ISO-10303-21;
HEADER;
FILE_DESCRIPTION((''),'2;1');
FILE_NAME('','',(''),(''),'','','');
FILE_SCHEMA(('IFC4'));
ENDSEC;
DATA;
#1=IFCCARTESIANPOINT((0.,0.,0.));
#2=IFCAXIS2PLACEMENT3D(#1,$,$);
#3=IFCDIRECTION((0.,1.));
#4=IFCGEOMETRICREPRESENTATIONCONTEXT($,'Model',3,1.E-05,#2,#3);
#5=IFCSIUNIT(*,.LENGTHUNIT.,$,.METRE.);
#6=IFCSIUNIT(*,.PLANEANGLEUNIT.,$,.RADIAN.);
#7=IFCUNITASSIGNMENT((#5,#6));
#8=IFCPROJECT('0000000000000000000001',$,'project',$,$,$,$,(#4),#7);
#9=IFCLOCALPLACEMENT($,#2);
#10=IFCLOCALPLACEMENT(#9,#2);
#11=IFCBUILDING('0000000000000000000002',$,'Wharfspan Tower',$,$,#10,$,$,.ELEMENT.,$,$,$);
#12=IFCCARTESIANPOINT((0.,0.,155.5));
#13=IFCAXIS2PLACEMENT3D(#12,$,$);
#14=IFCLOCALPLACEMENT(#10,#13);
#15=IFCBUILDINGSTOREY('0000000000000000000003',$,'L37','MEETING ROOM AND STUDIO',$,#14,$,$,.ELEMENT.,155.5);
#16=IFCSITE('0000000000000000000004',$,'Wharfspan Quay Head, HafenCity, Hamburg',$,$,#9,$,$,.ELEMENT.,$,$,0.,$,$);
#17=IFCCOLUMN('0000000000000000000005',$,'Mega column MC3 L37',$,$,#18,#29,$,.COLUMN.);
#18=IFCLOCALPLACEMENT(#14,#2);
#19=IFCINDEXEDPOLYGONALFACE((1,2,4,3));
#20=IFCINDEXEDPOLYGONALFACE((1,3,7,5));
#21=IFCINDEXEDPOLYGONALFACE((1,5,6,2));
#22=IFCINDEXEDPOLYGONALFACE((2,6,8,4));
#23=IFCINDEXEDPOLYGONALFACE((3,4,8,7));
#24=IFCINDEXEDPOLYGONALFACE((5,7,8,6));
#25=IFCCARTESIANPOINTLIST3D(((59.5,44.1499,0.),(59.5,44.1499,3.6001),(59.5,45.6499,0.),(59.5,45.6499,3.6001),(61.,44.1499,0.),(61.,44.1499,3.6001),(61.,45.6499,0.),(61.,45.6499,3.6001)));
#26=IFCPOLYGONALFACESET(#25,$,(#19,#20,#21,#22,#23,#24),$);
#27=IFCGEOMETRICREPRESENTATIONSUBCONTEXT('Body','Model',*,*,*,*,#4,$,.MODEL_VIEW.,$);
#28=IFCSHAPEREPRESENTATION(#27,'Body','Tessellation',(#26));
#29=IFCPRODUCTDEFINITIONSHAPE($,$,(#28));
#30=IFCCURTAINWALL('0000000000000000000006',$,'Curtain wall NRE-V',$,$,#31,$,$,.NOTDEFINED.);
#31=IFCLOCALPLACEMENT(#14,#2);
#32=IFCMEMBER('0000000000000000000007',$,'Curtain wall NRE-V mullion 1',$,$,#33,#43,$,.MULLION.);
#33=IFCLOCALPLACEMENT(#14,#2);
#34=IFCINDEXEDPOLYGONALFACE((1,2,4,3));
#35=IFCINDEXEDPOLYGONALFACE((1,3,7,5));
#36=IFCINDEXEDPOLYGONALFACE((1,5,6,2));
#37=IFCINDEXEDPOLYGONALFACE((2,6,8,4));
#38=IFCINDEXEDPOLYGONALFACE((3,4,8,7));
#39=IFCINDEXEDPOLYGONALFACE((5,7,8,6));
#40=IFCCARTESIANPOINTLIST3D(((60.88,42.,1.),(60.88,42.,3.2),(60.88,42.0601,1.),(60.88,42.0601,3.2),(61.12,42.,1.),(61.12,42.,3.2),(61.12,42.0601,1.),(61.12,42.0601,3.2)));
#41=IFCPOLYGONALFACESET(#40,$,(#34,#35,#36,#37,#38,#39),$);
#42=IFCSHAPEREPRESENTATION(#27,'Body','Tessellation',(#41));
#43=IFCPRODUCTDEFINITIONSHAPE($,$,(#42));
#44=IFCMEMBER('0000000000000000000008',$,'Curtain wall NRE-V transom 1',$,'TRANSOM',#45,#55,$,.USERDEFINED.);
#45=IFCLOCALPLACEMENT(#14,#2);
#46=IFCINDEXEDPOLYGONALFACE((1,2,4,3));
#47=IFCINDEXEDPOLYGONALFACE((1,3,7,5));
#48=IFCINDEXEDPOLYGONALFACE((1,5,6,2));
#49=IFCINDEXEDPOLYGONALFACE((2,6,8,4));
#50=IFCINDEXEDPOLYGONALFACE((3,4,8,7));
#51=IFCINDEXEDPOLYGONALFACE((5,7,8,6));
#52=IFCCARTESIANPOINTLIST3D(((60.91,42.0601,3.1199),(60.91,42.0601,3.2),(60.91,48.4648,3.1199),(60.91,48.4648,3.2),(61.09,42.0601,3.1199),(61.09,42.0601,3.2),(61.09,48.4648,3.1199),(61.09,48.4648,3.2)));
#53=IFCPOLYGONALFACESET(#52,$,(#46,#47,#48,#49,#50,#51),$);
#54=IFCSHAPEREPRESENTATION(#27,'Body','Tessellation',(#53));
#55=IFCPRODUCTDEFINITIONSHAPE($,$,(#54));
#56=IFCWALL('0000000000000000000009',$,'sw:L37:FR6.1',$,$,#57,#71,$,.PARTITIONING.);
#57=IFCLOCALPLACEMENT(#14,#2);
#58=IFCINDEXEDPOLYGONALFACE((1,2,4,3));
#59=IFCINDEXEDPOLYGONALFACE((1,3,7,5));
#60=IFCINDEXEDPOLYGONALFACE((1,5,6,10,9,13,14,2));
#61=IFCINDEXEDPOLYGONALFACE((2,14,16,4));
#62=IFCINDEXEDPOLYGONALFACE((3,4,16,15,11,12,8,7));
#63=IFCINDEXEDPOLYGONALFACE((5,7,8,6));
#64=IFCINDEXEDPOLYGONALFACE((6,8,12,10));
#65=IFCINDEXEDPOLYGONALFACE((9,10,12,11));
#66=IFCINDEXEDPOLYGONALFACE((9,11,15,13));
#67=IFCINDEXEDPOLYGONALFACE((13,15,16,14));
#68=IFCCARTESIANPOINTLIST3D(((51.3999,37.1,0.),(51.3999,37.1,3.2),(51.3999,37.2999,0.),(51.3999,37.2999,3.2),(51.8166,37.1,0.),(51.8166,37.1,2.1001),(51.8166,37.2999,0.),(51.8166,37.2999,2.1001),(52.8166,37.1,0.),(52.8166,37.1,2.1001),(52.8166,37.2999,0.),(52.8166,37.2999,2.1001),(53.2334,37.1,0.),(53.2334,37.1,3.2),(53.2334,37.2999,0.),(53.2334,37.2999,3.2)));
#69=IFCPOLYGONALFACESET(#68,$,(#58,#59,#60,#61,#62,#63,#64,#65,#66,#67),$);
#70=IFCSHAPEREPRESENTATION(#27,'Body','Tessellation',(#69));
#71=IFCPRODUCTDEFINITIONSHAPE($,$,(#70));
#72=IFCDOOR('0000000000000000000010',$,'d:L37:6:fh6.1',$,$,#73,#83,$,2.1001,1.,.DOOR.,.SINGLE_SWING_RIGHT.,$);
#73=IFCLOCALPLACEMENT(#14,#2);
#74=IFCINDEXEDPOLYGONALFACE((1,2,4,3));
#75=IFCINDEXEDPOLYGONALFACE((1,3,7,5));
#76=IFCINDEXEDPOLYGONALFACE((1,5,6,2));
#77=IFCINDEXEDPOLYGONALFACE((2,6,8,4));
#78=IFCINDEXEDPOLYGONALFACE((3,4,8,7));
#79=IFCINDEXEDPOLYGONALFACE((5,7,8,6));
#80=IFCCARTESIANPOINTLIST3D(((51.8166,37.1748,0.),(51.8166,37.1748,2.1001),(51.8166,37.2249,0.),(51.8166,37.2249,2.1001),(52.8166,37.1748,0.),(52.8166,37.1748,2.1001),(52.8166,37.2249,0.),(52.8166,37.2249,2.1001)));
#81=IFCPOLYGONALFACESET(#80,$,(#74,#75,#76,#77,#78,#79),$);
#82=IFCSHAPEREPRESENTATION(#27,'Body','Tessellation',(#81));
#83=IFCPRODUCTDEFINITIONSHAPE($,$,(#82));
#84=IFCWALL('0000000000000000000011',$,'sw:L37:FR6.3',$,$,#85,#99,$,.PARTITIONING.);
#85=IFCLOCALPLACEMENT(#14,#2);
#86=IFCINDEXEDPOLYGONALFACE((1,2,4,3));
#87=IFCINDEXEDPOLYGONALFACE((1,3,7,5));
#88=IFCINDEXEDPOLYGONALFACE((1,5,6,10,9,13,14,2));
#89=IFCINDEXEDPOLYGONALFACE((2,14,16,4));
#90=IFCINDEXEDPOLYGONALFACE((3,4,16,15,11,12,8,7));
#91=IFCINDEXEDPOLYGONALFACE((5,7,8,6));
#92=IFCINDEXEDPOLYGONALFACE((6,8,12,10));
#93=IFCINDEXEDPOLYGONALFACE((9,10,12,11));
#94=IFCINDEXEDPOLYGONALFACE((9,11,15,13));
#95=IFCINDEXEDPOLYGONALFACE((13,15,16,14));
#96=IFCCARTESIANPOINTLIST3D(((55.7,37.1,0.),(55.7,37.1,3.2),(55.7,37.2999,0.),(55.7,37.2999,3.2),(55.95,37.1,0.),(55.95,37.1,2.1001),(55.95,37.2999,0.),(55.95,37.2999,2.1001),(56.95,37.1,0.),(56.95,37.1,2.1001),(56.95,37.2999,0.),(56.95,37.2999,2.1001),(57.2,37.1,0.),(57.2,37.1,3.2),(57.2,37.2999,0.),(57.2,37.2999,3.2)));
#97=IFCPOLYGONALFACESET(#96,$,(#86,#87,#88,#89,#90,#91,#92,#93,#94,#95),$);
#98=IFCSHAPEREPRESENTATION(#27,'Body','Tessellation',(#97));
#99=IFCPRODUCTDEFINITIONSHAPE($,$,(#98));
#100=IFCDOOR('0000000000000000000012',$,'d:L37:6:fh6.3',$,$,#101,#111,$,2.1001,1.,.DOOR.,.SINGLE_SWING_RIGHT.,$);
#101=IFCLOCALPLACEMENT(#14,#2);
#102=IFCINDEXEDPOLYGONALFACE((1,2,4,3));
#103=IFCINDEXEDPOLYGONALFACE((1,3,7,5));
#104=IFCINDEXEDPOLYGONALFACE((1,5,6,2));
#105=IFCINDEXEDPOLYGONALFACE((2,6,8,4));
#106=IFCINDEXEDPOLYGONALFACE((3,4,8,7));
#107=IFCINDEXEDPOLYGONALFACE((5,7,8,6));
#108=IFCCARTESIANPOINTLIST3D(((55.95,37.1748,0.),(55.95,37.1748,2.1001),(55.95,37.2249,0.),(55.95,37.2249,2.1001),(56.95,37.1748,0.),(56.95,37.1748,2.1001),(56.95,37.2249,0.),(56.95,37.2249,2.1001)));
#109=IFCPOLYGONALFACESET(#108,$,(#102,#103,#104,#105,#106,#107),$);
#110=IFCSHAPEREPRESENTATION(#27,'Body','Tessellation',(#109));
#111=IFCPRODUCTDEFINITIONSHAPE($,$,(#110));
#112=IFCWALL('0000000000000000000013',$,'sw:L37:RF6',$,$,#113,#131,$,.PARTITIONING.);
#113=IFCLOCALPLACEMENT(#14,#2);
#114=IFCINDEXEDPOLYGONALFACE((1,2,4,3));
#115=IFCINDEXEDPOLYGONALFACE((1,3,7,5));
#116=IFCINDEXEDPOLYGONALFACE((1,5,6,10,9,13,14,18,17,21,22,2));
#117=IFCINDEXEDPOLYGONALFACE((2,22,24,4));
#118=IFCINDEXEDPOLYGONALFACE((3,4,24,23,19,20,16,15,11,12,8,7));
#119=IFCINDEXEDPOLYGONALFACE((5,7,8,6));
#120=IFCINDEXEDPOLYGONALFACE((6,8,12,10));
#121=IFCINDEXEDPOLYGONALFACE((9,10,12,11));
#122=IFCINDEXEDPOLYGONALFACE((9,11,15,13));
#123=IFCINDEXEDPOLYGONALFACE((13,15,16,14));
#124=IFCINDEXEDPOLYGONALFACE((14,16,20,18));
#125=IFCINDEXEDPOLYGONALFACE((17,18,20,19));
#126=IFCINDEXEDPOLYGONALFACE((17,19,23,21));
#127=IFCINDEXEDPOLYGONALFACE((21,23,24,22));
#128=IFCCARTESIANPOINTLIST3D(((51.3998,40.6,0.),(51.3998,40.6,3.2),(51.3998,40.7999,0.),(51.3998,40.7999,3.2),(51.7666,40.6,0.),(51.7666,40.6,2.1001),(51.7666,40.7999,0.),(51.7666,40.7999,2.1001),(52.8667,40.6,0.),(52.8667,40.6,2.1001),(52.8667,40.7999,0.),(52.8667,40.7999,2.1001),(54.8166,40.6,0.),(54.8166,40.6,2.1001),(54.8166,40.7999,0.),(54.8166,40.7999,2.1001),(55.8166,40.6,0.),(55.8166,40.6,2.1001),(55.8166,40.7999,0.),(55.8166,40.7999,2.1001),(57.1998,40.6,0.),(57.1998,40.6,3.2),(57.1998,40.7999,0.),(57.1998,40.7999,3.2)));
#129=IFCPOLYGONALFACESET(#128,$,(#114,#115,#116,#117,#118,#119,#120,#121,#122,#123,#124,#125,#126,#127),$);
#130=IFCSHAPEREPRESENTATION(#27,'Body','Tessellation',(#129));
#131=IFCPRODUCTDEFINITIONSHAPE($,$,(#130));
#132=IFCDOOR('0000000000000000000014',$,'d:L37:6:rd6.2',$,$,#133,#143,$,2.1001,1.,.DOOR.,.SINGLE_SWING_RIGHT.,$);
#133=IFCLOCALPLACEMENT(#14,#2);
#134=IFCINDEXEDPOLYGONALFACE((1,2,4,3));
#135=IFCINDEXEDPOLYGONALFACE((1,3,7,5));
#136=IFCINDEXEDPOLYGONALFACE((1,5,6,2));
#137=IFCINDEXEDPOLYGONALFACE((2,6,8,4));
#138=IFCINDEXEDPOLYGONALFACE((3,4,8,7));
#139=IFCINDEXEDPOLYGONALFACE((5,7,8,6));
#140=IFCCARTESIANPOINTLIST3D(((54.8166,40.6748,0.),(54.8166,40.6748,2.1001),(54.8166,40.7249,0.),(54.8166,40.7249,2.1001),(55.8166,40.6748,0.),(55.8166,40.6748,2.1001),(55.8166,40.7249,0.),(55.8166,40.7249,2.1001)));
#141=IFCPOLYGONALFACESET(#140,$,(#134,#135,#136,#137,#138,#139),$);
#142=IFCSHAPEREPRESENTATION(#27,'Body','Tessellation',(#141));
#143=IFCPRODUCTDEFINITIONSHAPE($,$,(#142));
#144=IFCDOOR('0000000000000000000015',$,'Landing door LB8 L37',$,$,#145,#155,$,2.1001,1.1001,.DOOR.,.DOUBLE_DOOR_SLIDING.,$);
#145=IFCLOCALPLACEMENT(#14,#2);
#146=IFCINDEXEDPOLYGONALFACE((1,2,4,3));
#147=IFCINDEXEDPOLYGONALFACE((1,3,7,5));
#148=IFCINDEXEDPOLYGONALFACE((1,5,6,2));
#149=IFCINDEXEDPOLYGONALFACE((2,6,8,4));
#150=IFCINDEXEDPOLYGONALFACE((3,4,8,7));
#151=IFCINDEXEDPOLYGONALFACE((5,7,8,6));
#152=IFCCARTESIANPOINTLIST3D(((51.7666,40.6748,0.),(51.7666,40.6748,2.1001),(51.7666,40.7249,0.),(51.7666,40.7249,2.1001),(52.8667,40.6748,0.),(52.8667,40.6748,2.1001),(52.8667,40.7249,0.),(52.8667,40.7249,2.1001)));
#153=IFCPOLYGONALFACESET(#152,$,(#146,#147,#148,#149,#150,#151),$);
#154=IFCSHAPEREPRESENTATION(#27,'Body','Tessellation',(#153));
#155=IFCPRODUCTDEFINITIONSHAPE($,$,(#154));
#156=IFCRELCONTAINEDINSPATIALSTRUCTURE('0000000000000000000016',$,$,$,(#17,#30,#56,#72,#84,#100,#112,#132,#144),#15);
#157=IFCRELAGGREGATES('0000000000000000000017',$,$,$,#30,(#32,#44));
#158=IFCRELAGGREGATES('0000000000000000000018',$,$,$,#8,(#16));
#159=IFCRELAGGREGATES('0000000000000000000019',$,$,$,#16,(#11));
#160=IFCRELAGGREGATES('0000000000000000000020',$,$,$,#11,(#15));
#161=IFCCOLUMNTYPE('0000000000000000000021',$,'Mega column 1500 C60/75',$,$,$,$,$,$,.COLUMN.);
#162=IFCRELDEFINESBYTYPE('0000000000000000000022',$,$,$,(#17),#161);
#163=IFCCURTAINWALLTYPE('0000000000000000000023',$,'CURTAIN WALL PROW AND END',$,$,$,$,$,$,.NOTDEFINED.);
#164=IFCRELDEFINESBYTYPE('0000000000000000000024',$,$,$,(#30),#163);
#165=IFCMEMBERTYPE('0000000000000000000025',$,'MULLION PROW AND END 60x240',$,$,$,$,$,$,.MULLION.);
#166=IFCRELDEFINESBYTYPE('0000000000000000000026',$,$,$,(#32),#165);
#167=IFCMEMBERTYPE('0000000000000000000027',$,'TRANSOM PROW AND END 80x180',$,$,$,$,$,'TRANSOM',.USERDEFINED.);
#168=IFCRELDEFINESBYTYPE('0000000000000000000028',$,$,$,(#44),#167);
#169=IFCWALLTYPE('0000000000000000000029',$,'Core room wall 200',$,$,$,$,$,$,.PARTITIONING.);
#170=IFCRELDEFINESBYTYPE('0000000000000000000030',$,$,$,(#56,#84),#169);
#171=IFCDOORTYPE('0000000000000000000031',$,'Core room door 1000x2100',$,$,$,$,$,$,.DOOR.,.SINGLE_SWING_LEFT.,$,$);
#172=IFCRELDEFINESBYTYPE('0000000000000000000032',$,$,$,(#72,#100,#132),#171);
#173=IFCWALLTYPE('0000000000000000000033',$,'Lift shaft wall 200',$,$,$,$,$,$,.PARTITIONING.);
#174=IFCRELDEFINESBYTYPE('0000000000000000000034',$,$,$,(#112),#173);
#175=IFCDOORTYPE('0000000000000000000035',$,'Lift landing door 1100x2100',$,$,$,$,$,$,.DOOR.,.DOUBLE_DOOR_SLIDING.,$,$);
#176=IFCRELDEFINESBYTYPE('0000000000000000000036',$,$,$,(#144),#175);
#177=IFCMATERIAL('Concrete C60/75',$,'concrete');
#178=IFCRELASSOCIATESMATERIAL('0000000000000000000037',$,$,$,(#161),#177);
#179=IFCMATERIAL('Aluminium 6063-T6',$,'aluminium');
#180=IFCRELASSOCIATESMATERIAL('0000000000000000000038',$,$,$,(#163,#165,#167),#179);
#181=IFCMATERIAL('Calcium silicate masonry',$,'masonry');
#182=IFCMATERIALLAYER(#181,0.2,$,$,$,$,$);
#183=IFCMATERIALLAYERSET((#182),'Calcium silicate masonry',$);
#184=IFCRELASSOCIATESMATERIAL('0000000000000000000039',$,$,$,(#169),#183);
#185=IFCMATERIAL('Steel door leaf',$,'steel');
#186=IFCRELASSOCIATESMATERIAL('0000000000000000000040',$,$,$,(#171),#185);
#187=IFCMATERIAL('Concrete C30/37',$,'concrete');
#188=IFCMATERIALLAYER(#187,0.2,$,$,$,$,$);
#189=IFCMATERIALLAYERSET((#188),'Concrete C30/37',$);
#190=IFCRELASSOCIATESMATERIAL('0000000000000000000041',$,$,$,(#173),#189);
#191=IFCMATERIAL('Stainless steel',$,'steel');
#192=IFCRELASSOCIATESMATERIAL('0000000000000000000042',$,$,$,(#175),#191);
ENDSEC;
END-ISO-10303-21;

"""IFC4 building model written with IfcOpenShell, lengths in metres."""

from ifc_helpers import new_model, si_unit, direction, frame, frame_2d, origin, origin_2d, place, context, subcontext, project, spatial, rectangle, extrude, material, layer, layer_set, material_profile, profile_set, type_object, element, fill, aggregate, save


model = new_model("IFC4")

# Units and contexts
model_context = context("Model", 3, precision=1e-05, world=origin(), true_north=direction((0.0, 1.0)))
body_context = subcontext(model_context, "Body", "Model", "MODEL_VIEW")
ifc_project = project(units=[si_unit("LENGTHUNIT", "METRE"), si_unit("PLANEANGLEUNIT", "RADIAN")], contexts=[model_context])

# Site, building, storey
site_placement = place(None, origin())
site = spatial("IfcSite", under=ifc_project, at=site_placement, Name="Wharfspan Quay Head, HafenCity, Hamburg", CompositionType="ELEMENT", RefElevation=0.0)
building_placement = place(site_placement, origin())
building = spatial("IfcBuilding", under=site, at=building_placement, Name="Wharfspan Tower", CompositionType="ELEMENT")
storey_placement = place(building_placement, frame((0.0, 0.0, 155.5)))
storey = spatial("IfcBuildingStorey", under=building, at=storey_placement, Name="L37", Description="MEETING ROOM AND STUDIO", CompositionType="ELEMENT", Elevation=155.5)

# Column
ifc_material_1 = material(Name="Concrete C60/75", Category="concrete")
ifc_material_profile_1 = material_profile(ifc_material_1, rectangle(XDim=1.5, YDim=1.5, at=origin_2d()))
ifc_profile_set_1 = profile_set([ifc_material_profile_1], Name="Concrete C60/75")
column_type = type_object("IfcColumnType", Name="Mega column 1500 C60/75", PredefinedType="COLUMN", material=ifc_profile_set_1)
column_placement = place(storey_placement, frame((60.25, 44.8999, 0.0), z_axis=(0.0, 0.0, 1.0), x_axis=(1.0, 0.0, 0.0)))
element("IfcColumn", 1, at=column_placement, inside=storey, type_object=column_type, Name="Mega column MC3 L37", PredefinedType="COLUMN", context=body_context, shape_type="SweptSolid", body=[
    extrude(rectangle(XDim=1.5, YDim=1.5, at=origin_2d()), origin(), (0.0, 0.0, 1.0), 3.6001),
])

# Curtain wall, members
ifc_material_2 = material(Name="Aluminium 6063-T6", Category="aluminium")
curtain_wall_type = type_object("IfcCurtainWallType", Name="CURTAIN WALL PROW AND END", PredefinedType="NOTDEFINED", material=ifc_material_2)
curtain_wall_placement = place(storey_placement, origin())
curtain_wall = element("IfcCurtainWall", 2, at=curtain_wall_placement, inside=storey, type_object=curtain_wall_type, Name="Curtain wall NRE-V", PredefinedType="NOTDEFINED")
ifc_material_profile_2 = material_profile(ifc_material_2, rectangle(XDim=0.24, YDim=0.0601, at=origin_2d()))
ifc_profile_set_2 = profile_set([ifc_material_profile_2], Name="Aluminium 6063-T6")
member_type_1 = type_object("IfcMemberType", Name="MULLION PROW AND END 60x240", PredefinedType="MULLION", material=ifc_profile_set_2)
member_1_placement = place(storey_placement, frame((61.0, 42.03, 1.0), z_axis=(0.0, 0.0, 1.0), x_axis=(-1.0, 0.0, 0.0)))
member_1 = element("IfcMember", 3, at=member_1_placement, type_object=member_type_1, Name="Curtain wall NRE-V mullion 1", PredefinedType="MULLION", context=body_context, shape_type="SweptSolid", body=[
    extrude(rectangle(XDim=0.24, YDim=0.0601, at=origin_2d()), origin(), (0.0, 0.0, 1.0), 2.2),
])
ifc_material_profile_3 = material_profile(ifc_material_2, rectangle(XDim=0.1799, YDim=0.0801, at=origin_2d()))
ifc_profile_set_3 = profile_set([ifc_material_profile_3], Name="Aluminium 6063-T6")
member_type_2 = type_object("IfcMemberType", Name="TRANSOM PROW AND END 80x180", ElementType="TRANSOM", PredefinedType="USERDEFINED", material=ifc_profile_set_3)
member_2_placement = place(storey_placement, frame((61.0, 42.0601, 3.1599), z_axis=(0.0, 1.0, 0.0), x_axis=(-1.0, 0.0, 0.0)))
member_2 = element("IfcMember", 4, at=member_2_placement, type_object=member_type_2, Name="Curtain wall NRE-V transom 1", ObjectType="TRANSOM", PredefinedType="USERDEFINED", context=body_context, shape_type="SweptSolid", body=[
    extrude(rectangle(XDim=0.1799, YDim=0.0801, at=origin_2d()), origin(), (0.0, 0.0, 1.0), 6.4048),
])
aggregate(curtain_wall, [member_1, member_2])

# Walls, openings, doors
ifc_material_3 = material(Name="Calcium silicate masonry", Category="masonry")
ifc_layer_1 = layer(ifc_material_3, 0.2)
ifc_layer_set_1 = layer_set([ifc_layer_1], Name="Calcium silicate masonry")
wall_type_1 = type_object("IfcWallType", Name="Core room wall 200", PredefinedType="PARTITIONING", material=ifc_layer_set_1)
wall_1_placement = place(storey_placement, frame((51.3999, 37.2, 0.0), z_axis=(0.0, 0.0, 1.0), x_axis=(1.0, 0.0, 0.0)))
wall_1 = element("IfcWall", 5, at=wall_1_placement, inside=storey, type_object=wall_type_1, Name="sw:L37:FR6.1", PredefinedType="PARTITIONING", context=body_context, shape_type="SweptSolid", body=[
    extrude(rectangle(XDim=1.8335, YDim=0.2, at=frame_2d((0.9167, 0.0))), origin(), (0.0, 0.0, 1.0), 3.2),
])
opening_1_placement = place(wall_1_placement, frame((0.4167, 0.0, 0.0)))
opening_1 = element("IfcOpeningElement", 6, at=opening_1_placement, cuts=wall_1, PredefinedType="OPENING", context=body_context, shape_type="SweptSolid", body=[
    extrude(rectangle(XDim=1.0, YDim=2.1001, at=frame_2d((0.5, 1.05))), frame((0.0, 0.1099, 0.0), z_axis=(0.0, -1.0, 0.0), x_axis=(1.0, 0.0, 0.0)), (0.0, 0.0, 1.0), 0.22),
])
ifc_material_4 = material(Name="Steel door leaf", Category="steel")
door_type_1 = type_object("IfcDoorType", Name="Core room door 1000x2100", OperationType="SINGLE_SWING_LEFT", PredefinedType="DOOR", material=ifc_material_4)
door_1_placement = place(opening_1_placement, origin())
door_1 = element("IfcDoor", 7, at=door_1_placement, inside=storey, type_object=door_type_1, Name="d:L37:6:fh6.1", OperationType="SINGLE_SWING_RIGHT", OverallHeight=2.1001, OverallWidth=1.0, PredefinedType="DOOR", context=body_context, shape_type="SweptSolid", body=[
    extrude(rectangle(XDim=1.0, YDim=2.1001, at=frame_2d((0.5, 1.05))), frame((0.0, 0.0249, 0.0), z_axis=(0.0, -1.0, 0.0), x_axis=(1.0, 0.0, 0.0)), (0.0, 0.0, 1.0), 0.05),
])
fill(opening_1, door_1)
wall_2_placement = place(storey_placement, frame((55.7, 37.2, 0.0), z_axis=(0.0, 0.0, 1.0), x_axis=(1.0, 0.0, 0.0)))
wall_2 = element("IfcWall", 8, at=wall_2_placement, inside=storey, type_object=wall_type_1, Name="sw:L37:FR6.3", PredefinedType="PARTITIONING", context=body_context, shape_type="SweptSolid", body=[
    extrude(rectangle(XDim=1.5, YDim=0.2, at=frame_2d((0.75, 0.0))), origin(), (0.0, 0.0, 1.0), 3.2),
])
opening_2_placement = place(wall_2_placement, frame((0.25, 0.0, 0.0)))
opening_2 = element("IfcOpeningElement", 9, at=opening_2_placement, cuts=wall_2, PredefinedType="OPENING", context=body_context, shape_type="SweptSolid", body=[
    extrude(rectangle(XDim=1.0, YDim=2.1001, at=frame_2d((0.5, 1.05))), frame((0.0, 0.1099, 0.0), z_axis=(0.0, -1.0, 0.0), x_axis=(1.0, 0.0, 0.0)), (0.0, 0.0, 1.0), 0.22),
])
door_2_placement = place(opening_2_placement, origin())
door_2 = element("IfcDoor", 10, at=door_2_placement, inside=storey, type_object=door_type_1, Name="d:L37:6:fh6.3", OperationType="SINGLE_SWING_RIGHT", OverallHeight=2.1001, OverallWidth=1.0, PredefinedType="DOOR", context=body_context, shape_type="SweptSolid", body=[
    extrude(rectangle(XDim=1.0, YDim=2.1001, at=frame_2d((0.5, 1.05))), frame((0.0, 0.0249, 0.0), z_axis=(0.0, -1.0, 0.0), x_axis=(1.0, 0.0, 0.0)), (0.0, 0.0, 1.0), 0.05),
])
fill(opening_2, door_2)

# Wall, openings, doors
ifc_material_5 = material(Name="Concrete C30/37", Category="concrete")
ifc_layer_2 = layer(ifc_material_5, 0.2)
ifc_layer_set_2 = layer_set([ifc_layer_2], Name="Concrete C30/37")
wall_type_2 = type_object("IfcWallType", Name="Lift shaft wall 200", PredefinedType="PARTITIONING", material=ifc_layer_set_2)
wall_3_placement = place(storey_placement, frame((51.3999, 40.7, 0.0), z_axis=(0.0, 0.0, 1.0), x_axis=(1.0, 0.0, 0.0)))
wall_3 = element("IfcWall", 11, at=wall_3_placement, inside=storey, type_object=wall_type_2, Name="sw:L37:RF6", PredefinedType="PARTITIONING", context=body_context, shape_type="SweptSolid", body=[
    extrude(rectangle(XDim=5.8, YDim=0.2, at=frame_2d((2.8999, 0.0))), origin(), (0.0, 0.0, 1.0), 3.2),
])
opening_3_placement = place(wall_3_placement, frame((0.3667, 0.0, 0.0)))
opening_3 = element("IfcOpeningElement", 12, at=opening_3_placement, cuts=wall_3, PredefinedType="OPENING", context=body_context, shape_type="SweptSolid", body=[
    extrude(rectangle(XDim=1.1001, YDim=2.1001, at=frame_2d((0.55, 1.05))), frame((0.0, 0.1099, 0.0), z_axis=(0.0, -1.0, 0.0), x_axis=(1.0, 0.0, 0.0)), (0.0, 0.0, 1.0), 0.22),
])
opening_4_placement = place(wall_3_placement, frame((3.4167, 0.0, 0.0)))
opening_4 = element("IfcOpeningElement", 13, at=opening_4_placement, cuts=wall_3, PredefinedType="OPENING", context=body_context, shape_type="SweptSolid", body=[
    extrude(rectangle(XDim=1.0, YDim=2.1001, at=frame_2d((0.5, 1.05))), frame((0.0, 0.1099, 0.0), z_axis=(0.0, -1.0, 0.0), x_axis=(1.0, 0.0, 0.0)), (0.0, 0.0, 1.0), 0.22),
])
door_3_placement = place(opening_4_placement, origin())
door_3 = element("IfcDoor", 14, at=door_3_placement, inside=storey, type_object=door_type_1, Name="d:L37:6:rd6.2", OperationType="SINGLE_SWING_RIGHT", OverallHeight=2.1001, OverallWidth=1.0, PredefinedType="DOOR", context=body_context, shape_type="SweptSolid", body=[
    extrude(rectangle(XDim=1.0, YDim=2.1001, at=frame_2d((0.5, 1.05))), frame((0.0, 0.0249, 0.0), z_axis=(0.0, -1.0, 0.0), x_axis=(1.0, 0.0, 0.0)), (0.0, 0.0, 1.0), 0.05),
])
fill(opening_4, door_3)
ifc_material_6 = material(Name="Stainless steel", Category="steel")
door_type_2 = type_object("IfcDoorType", Name="Lift landing door 1100x2100", OperationType="DOUBLE_DOOR_SLIDING", PredefinedType="DOOR", material=ifc_material_6)
door_4_placement = place(opening_3_placement, origin())
door_4 = element("IfcDoor", 15, at=door_4_placement, inside=storey, type_object=door_type_2, Name="Landing door LB8 L37", OperationType="DOUBLE_DOOR_SLIDING", OverallHeight=2.1001, OverallWidth=1.1001, PredefinedType="DOOR", context=body_context, shape_type="SweptSolid", body=[
    extrude(rectangle(XDim=1.1001, YDim=2.1001, at=frame_2d((0.55, 1.05))), frame((0.0, 0.0249, 0.0), z_axis=(0.0, -1.0, 0.0), x_axis=(1.0, 0.0, 0.0)), (0.0, 0.0, 1.0), 0.05),
])
fill(opening_3, door_4)

save(model, "model.ifc")
